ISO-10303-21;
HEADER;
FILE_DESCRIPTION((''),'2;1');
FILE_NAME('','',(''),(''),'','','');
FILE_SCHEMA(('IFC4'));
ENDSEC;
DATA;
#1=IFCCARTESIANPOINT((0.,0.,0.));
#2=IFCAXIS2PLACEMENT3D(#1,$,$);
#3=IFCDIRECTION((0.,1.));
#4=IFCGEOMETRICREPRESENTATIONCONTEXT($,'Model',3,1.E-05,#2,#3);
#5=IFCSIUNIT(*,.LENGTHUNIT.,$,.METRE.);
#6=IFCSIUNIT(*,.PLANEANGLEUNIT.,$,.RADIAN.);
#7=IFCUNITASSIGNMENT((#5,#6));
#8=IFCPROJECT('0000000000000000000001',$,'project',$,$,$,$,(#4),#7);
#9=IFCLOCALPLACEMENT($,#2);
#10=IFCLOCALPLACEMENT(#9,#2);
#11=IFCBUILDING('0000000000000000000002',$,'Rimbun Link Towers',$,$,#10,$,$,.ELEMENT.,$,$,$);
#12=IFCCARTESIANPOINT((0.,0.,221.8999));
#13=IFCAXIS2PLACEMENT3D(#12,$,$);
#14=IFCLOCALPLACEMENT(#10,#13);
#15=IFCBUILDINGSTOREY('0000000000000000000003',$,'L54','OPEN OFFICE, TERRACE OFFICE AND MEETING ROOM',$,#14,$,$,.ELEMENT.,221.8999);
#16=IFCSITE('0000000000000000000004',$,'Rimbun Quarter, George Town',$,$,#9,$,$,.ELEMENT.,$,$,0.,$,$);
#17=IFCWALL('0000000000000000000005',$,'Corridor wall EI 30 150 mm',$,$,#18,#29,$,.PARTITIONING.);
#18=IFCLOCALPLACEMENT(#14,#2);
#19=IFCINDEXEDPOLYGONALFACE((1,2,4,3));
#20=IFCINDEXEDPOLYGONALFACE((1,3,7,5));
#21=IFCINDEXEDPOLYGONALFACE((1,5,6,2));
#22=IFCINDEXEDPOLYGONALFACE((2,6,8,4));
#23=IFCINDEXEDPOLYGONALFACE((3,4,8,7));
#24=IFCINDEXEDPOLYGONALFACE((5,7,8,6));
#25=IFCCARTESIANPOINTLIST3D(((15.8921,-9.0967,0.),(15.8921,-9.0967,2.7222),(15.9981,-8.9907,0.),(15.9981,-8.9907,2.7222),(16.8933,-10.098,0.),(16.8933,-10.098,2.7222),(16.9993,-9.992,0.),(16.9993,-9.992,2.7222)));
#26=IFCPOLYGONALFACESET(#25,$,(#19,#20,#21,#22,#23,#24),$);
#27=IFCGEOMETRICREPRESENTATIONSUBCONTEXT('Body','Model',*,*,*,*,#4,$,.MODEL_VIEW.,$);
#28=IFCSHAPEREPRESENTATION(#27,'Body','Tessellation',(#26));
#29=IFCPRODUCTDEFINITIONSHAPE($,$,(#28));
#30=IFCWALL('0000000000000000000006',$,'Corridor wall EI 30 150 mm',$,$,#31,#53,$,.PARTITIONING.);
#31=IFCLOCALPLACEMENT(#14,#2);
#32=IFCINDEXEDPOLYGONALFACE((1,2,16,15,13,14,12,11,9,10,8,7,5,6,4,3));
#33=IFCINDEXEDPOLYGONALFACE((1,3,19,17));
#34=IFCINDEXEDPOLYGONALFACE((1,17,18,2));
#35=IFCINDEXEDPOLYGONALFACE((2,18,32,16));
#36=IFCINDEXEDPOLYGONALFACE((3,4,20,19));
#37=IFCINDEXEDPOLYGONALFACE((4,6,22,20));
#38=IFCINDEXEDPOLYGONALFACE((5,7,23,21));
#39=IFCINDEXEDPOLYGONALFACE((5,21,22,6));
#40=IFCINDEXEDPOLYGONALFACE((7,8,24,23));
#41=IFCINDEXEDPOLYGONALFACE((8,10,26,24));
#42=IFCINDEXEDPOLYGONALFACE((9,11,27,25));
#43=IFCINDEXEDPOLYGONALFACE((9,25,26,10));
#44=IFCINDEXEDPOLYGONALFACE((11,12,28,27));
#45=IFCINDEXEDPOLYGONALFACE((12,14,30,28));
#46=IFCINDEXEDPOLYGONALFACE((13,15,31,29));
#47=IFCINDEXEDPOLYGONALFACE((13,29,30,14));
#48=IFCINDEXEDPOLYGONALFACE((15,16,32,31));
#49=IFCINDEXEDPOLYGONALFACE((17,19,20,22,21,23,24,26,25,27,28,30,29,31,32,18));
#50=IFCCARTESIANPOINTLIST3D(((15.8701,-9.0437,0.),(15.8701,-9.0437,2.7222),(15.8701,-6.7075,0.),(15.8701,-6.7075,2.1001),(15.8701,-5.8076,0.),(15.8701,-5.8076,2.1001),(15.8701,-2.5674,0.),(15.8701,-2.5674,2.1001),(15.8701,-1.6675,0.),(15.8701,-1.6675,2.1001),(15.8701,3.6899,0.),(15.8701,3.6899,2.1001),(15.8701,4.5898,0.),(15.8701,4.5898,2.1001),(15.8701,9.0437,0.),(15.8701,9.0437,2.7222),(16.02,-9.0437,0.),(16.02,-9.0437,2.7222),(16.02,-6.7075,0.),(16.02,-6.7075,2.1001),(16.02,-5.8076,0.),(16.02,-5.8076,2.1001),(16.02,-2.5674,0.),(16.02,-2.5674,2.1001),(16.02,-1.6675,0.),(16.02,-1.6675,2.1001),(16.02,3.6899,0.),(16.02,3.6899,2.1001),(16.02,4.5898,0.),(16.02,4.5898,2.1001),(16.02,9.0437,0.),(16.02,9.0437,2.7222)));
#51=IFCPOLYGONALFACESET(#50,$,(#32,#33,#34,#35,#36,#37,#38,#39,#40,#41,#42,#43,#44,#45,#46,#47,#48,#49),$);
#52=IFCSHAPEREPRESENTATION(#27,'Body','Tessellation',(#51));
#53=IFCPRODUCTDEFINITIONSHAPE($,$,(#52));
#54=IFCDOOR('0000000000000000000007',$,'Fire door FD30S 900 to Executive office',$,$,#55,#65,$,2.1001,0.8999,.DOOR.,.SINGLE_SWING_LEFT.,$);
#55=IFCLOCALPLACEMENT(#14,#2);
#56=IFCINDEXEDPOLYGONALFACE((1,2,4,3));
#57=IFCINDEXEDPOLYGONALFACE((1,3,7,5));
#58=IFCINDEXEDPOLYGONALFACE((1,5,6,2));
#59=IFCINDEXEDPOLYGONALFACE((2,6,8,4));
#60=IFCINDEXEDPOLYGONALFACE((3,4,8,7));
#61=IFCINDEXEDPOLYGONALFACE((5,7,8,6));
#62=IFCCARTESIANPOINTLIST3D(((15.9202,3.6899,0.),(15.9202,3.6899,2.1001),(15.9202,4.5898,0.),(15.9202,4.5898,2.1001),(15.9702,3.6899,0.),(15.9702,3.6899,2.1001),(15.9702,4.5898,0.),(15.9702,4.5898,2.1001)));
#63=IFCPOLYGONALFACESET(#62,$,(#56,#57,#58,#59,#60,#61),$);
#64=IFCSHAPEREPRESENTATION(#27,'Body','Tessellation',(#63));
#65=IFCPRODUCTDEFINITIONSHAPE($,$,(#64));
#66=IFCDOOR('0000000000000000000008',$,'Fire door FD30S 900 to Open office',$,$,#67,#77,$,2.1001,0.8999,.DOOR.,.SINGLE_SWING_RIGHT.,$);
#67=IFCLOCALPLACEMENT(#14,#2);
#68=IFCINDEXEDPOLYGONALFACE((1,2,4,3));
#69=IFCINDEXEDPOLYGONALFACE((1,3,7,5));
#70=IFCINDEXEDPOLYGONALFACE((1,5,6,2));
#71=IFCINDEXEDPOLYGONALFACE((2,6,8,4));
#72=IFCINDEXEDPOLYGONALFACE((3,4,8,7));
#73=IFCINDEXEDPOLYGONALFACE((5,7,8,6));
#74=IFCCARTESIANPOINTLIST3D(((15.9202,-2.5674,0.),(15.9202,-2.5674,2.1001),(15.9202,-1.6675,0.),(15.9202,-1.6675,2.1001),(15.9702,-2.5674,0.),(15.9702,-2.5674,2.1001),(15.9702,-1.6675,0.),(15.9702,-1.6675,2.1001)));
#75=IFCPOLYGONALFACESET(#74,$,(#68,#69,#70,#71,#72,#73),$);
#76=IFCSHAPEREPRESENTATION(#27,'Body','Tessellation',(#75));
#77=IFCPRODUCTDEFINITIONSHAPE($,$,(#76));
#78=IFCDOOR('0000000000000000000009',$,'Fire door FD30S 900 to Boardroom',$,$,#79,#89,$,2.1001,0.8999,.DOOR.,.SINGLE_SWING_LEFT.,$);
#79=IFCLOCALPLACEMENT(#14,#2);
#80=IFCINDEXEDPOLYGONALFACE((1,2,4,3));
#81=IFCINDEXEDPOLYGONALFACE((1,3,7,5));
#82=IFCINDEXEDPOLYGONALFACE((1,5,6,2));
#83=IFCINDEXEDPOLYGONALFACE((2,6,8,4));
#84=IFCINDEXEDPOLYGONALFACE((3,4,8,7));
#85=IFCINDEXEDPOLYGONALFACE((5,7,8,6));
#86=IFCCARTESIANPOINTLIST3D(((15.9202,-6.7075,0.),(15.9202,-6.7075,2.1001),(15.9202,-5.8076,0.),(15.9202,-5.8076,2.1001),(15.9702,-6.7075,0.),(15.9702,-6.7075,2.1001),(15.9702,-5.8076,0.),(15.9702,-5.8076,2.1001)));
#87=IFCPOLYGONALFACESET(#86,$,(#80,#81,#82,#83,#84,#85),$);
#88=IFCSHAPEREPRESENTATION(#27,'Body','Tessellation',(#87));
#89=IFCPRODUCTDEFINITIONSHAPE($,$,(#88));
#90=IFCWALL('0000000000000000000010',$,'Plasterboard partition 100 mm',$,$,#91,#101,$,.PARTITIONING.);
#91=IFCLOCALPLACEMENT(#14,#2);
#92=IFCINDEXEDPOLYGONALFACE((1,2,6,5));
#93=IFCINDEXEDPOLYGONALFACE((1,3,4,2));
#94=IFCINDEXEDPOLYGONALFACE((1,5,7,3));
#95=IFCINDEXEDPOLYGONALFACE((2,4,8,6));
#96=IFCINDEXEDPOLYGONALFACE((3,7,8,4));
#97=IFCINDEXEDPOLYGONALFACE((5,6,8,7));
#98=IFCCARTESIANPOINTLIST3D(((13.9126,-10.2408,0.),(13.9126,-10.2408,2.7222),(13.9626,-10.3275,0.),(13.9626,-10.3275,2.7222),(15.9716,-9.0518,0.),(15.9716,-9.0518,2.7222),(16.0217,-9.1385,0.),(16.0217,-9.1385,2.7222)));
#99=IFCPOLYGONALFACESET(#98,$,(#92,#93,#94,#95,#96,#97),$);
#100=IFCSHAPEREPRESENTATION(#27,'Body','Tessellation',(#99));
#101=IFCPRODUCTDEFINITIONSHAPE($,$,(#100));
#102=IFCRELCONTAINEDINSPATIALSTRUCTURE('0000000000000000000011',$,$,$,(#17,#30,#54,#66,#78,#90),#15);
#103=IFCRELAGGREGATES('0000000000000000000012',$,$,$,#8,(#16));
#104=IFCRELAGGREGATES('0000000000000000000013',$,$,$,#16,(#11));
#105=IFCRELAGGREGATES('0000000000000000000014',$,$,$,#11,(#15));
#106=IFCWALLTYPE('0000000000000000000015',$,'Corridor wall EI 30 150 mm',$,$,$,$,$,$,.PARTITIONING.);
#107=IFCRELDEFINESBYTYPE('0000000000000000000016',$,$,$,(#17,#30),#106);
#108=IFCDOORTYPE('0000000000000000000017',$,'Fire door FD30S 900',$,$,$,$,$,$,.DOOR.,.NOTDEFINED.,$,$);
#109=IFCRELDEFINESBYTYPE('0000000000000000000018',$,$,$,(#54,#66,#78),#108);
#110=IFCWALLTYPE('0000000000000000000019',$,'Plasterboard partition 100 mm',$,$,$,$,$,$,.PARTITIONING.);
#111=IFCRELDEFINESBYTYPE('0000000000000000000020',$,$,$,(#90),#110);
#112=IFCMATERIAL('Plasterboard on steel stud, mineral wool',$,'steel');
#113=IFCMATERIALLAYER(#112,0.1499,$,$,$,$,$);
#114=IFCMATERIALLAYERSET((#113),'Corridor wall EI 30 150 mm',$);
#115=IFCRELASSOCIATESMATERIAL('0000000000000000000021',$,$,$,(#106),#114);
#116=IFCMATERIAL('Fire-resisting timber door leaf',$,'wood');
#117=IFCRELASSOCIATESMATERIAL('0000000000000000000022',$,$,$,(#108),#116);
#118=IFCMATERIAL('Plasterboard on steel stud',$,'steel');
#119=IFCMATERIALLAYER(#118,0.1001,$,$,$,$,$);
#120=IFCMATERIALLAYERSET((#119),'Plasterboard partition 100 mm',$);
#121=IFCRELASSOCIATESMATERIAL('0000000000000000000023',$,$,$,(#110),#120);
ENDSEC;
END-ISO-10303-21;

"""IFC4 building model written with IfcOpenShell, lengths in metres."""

from ifc_helpers import new_model, si_unit, direction, frame, frame_2d, origin, place, context, subcontext, project, spatial, rectangle, extrude, material, layer, layer_set, type_object, element, fill, save


model = new_model("IFC4")

# Units and contexts
model_context = context("Model", 3, precision=1e-05, world=origin(), true_north=direction((0.0, 1.0)))
body_context = subcontext(model_context, "Body", "Model", "MODEL_VIEW")
ifc_project = project(units=[si_unit("LENGTHUNIT", "METRE"), si_unit("PLANEANGLEUNIT", "RADIAN")], contexts=[model_context])

# Site, building, storey
site_placement = place(None, origin())
site = spatial("IfcSite", under=ifc_project, at=site_placement, Name="Rimbun Quarter, George Town", CompositionType="ELEMENT", RefElevation=0.0)
building_placement = place(site_placement, origin())
building = spatial("IfcBuilding", under=site, at=building_placement, Name="Rimbun Link Towers", CompositionType="ELEMENT")
storey_placement = place(building_placement, frame((0.0, 0.0, 221.8999)))
storey = spatial("IfcBuildingStorey", under=building, at=storey_placement, Name="L54", Description="OPEN OFFICE, TERRACE OFFICE AND MEETING ROOM", CompositionType="ELEMENT", Elevation=221.8999)

# Wall
ifc_material_1 = material(Name="Plasterboard on steel stud, mineral wool", Category="steel")
ifc_layer_1 = layer(ifc_material_1, 0.1499)
ifc_layer_set_1 = layer_set([ifc_layer_1], Name="Corridor wall EI 30 150 mm")
wall_type_1 = type_object("IfcWallType", Name="Corridor wall EI 30 150 mm", PredefinedType="PARTITIONING", material=ifc_layer_set_1)
wall_1_placement = place(storey_placement, frame((15.9451, -9.0437, 0.0), z_axis=(0.0, 0.0, 1.0), x_axis=(0.707107, -0.707107, 0.0)))
element("IfcWall", 1, at=wall_1_placement, inside=storey, type_object=wall_type_1, Name="Corridor wall EI 30 150 mm", PredefinedType="PARTITIONING", context=body_context, shape_type="SweptSolid", body=[
    extrude(rectangle(XDim=1.416, YDim=0.1499, at=frame_2d((0.708, 0.0))), origin(), (0.0, 0.0, 1.0), 2.7222),
])

# Wall, openings, doors
wall_2_placement = place(storey_placement, frame((15.9451, -9.0437, 0.0), z_axis=(0.0, 0.0, 1.0), x_axis=(0.0, 1.0, 0.0)))
wall_2 = element("IfcWall", 2, at=wall_2_placement, inside=storey, type_object=wall_type_1, Name="Corridor wall EI 30 150 mm", PredefinedType="PARTITIONING", context=body_context, shape_type="SweptSolid", body=[
    extrude(rectangle(XDim=18.0874, YDim=0.1499, at=frame_2d((9.0437, 0.0))), origin(), (0.0, 0.0, 1.0), 2.7222),
])
opening_1_placement = place(wall_2_placement, frame((12.7336, 0.0, 0.0)))
opening_1 = element("IfcOpeningElement", 3, at=opening_1_placement, cuts=wall_2, PredefinedType="OPENING", context=body_context, shape_type="SweptSolid", body=[
    extrude(rectangle(XDim=0.8999, YDim=2.1001, at=frame_2d((0.45, 1.05))), frame((0.0, 0.085, 0.0), z_axis=(0.0, -1.0, 0.0), x_axis=(1.0, 0.0, 0.0)), (0.0, 0.0, 1.0), 0.1699),
])
opening_2_placement = place(wall_2_placement, frame((6.4763, 0.0, 0.0)))
opening_2 = element("IfcOpeningElement", 4, at=opening_2_placement, cuts=wall_2, PredefinedType="OPENING", context=body_context, shape_type="SweptSolid", body=[
    extrude(rectangle(XDim=0.8999, YDim=2.1001, at=frame_2d((0.45, 1.05))), frame((0.0, 0.085, 0.0), z_axis=(0.0, -1.0, 0.0), x_axis=(1.0, 0.0, 0.0)), (0.0, 0.0, 1.0), 0.1699),
])
opening_3_placement = place(wall_2_placement, frame((2.3362, 0.0, 0.0)))
opening_3 = element("IfcOpeningElement", 5, at=opening_3_placement, cuts=wall_2, PredefinedType="OPENING", context=body_context, shape_type="SweptSolid", body=[
    extrude(rectangle(XDim=0.8999, YDim=2.1001, at=frame_2d((0.45, 1.05))), frame((0.0, 0.085, 0.0), z_axis=(0.0, -1.0, 0.0), x_axis=(1.0, 0.0, 0.0)), (0.0, 0.0, 1.0), 0.1699),
])
ifc_material_2 = material(Name="Fire-resisting timber door leaf", Category="wood")
door_type = type_object("IfcDoorType", Name="Fire door FD30S 900", OperationType="NOTDEFINED", PredefinedType="DOOR", material=ifc_material_2)
door_1_placement = place(opening_1_placement, origin())
door_1 = element("IfcDoor", 6, at=door_1_placement, inside=storey, type_object=door_type, Name="Fire door FD30S 900 to Executive office", OperationType="SINGLE_SWING_LEFT", OverallHeight=2.1001, OverallWidth=0.8999, PredefinedType="DOOR", context=body_context, shape_type="SweptSolid", body=[
    extrude(rectangle(XDim=0.8999, YDim=2.1001, at=frame_2d((0.45, 1.05))), frame((0.0, 0.0249, 0.0), z_axis=(0.0, -1.0, 0.0), x_axis=(1.0, 0.0, 0.0)), (0.0, 0.0, 1.0), 0.05),
])
fill(opening_1, door_1)
door_2_placement = place(opening_2_placement, origin())
door_2 = element("IfcDoor", 7, at=door_2_placement, inside=storey, type_object=door_type, Name="Fire door FD30S 900 to Open office", OperationType="SINGLE_SWING_RIGHT", OverallHeight=2.1001, OverallWidth=0.8999, PredefinedType="DOOR", context=body_context, shape_type="SweptSolid", body=[
    extrude(rectangle(XDim=0.8999, YDim=2.1001, at=frame_2d((0.45, 1.05))), frame((0.0, 0.0249, 0.0), z_axis=(0.0, -1.0, 0.0), x_axis=(1.0, 0.0, 0.0)), (0.0, 0.0, 1.0), 0.05),
])
fill(opening_2, door_2)
door_3_placement = place(opening_3_placement, origin())
door_3 = element("IfcDoor", 8, at=door_3_placement, inside=storey, type_object=door_type, Name="Fire door FD30S 900 to Boardroom", OperationType="SINGLE_SWING_LEFT", OverallHeight=2.1001, OverallWidth=0.8999, PredefinedType="DOOR", context=body_context, shape_type="SweptSolid", body=[
    extrude(rectangle(XDim=0.8999, YDim=2.1001, at=frame_2d((0.45, 1.05))), frame((0.0, 0.0249, 0.0), z_axis=(0.0, -1.0, 0.0), x_axis=(1.0, 0.0, 0.0)), (0.0, 0.0, 1.0), 0.05),
])
fill(opening_3, door_3)

# Wall
ifc_material_3 = material(Name="Plasterboard on steel stud", Category="steel")
ifc_layer_2 = layer(ifc_material_3, 0.1001)
ifc_layer_set_2 = layer_set([ifc_layer_2], Name="Plasterboard partition 100 mm")
wall_type_2 = type_object("IfcWallType", Name="Plasterboard partition 100 mm", PredefinedType="PARTITIONING", material=ifc_layer_set_2)
wall_3_placement = place(storey_placement, frame((13.9375, -10.2842, 0.0), z_axis=(0.0, 0.0, 1.0), x_axis=(0.865997, 0.500048, 0.0)))
element("IfcWall", 9, at=wall_3_placement, inside=storey, type_object=wall_type_2, Name="Plasterboard partition 100 mm", PredefinedType="PARTITIONING", context=body_context, shape_type="SweptSolid", body=[
    extrude(rectangle(XDim=2.3777, YDim=0.1001, at=frame_2d((1.189, 0.0))), origin(), (0.0, 0.0, 1.0), 2.7222),
])

save(model, "model.ifc")
